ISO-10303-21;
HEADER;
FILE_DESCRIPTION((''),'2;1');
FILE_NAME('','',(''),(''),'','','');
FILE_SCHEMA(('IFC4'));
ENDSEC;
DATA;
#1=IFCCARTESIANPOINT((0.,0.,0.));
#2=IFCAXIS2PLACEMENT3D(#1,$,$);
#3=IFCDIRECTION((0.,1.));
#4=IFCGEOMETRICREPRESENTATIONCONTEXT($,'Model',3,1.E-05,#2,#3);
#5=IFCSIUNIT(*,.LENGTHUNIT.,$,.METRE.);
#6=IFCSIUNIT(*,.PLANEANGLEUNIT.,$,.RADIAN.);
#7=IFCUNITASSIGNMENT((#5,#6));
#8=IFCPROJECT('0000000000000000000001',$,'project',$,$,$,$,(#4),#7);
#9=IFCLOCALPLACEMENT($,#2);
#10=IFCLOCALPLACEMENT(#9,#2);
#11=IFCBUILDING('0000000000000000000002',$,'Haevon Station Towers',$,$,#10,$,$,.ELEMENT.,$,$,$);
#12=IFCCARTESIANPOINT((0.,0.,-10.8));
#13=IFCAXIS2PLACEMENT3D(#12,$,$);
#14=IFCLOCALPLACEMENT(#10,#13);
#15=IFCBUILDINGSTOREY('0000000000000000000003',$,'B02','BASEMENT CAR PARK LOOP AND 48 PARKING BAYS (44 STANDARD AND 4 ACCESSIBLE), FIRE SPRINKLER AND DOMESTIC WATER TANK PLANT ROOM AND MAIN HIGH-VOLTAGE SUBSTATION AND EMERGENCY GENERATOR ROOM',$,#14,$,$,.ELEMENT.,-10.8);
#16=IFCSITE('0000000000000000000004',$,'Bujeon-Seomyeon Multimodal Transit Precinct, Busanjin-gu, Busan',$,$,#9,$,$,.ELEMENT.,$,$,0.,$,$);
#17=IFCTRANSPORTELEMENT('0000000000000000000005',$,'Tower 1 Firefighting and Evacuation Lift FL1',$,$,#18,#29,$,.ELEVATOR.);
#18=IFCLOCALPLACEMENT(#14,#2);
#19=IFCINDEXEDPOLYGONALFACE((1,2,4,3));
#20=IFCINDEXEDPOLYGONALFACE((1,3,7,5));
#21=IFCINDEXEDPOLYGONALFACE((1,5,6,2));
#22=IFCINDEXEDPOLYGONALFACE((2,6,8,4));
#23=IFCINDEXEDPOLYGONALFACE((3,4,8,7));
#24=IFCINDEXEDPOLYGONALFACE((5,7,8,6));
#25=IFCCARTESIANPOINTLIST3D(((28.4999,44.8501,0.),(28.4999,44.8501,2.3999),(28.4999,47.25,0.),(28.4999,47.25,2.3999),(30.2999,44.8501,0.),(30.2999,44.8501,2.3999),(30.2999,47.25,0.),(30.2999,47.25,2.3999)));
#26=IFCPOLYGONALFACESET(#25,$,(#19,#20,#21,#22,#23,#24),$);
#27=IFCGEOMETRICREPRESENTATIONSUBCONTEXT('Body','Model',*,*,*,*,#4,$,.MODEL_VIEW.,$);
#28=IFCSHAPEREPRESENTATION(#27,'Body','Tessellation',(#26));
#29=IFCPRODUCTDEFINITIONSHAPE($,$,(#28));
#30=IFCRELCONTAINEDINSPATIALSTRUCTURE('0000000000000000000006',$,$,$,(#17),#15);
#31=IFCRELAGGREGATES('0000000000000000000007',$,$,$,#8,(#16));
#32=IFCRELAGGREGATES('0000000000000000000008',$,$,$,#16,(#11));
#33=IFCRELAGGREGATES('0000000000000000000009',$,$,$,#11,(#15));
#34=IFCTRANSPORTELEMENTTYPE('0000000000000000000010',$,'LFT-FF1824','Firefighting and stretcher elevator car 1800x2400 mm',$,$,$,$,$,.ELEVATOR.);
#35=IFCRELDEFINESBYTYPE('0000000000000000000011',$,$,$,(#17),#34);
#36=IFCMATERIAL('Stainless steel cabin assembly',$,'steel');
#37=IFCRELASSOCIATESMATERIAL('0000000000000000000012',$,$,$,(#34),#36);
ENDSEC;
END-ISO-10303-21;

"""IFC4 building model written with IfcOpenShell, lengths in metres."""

from ifc_helpers import new_model, si_unit, direction, frame, origin, origin_2d, place, context, subcontext, project, spatial, rectangle, extrude, material, type_object, element, save


model = new_model("IFC4")

# Units and contexts
model_context = context("Model", 3, precision=1e-05, world=origin(), true_north=direction((0.0, 1.0)))
body_context = subcontext(model_context, "Body", "Model", "MODEL_VIEW")
ifc_project = project(units=[si_unit("LENGTHUNIT", "METRE"), si_unit("PLANEANGLEUNIT", "RADIAN")], contexts=[model_context])

# Site, building, storey
site_placement = place(None, origin())
site = spatial("IfcSite", under=ifc_project, at=site_placement, Name="Bujeon-Seomyeon Multimodal Transit Precinct, Busanjin-gu, Busan", CompositionType="ELEMENT", RefElevation=0.0)
building_placement = place(site_placement, origin())
building = spatial("IfcBuilding", under=site, at=building_placement, Name="Haevon Station Towers", CompositionType="ELEMENT")
storey_placement = place(building_placement, frame((0.0, 0.0, -10.8)))
storey = spatial("IfcBuildingStorey", under=building, at=storey_placement, Name="B02", Description="BASEMENT CAR PARK LOOP AND 48 PARKING BAYS (44 STANDARD AND 4 ACCESSIBLE), FIRE SPRINKLER AND DOMESTIC WATER TANK PLANT ROOM AND MAIN HIGH-VOLTAGE SUBSTATION AND EMERGENCY GENERATOR ROOM", CompositionType="ELEMENT", Elevation=-10.8)

# Transport element
ifc_material_1 = material(Name="Stainless steel cabin assembly", Category="steel")
transport_element_type = type_object("IfcTransportElementType", Name="LFT-FF1824", Description="Firefighting and stretcher elevator car 1800x2400 mm", PredefinedType="ELEVATOR", material=ifc_material_1)
transport_element_placement = place(storey_placement, frame((29.3999, 46.05, 0.0), z_axis=(0.0, 0.0, 1.0), x_axis=(1.0, 0.0, 0.0)))
element("IfcTransportElement", 1, at=transport_element_placement, inside=storey, type_object=transport_element_type, Name="Tower 1 Firefighting and Evacuation Lift FL1", PredefinedType="ELEVATOR", context=body_context, shape_type="SweptSolid", body=[
    extrude(rectangle(XDim=1.8, YDim=2.3999, at=origin_2d()), origin(), (0.0, 0.0, 1.0), 2.3999),
])

save(model, "model.ifc")
